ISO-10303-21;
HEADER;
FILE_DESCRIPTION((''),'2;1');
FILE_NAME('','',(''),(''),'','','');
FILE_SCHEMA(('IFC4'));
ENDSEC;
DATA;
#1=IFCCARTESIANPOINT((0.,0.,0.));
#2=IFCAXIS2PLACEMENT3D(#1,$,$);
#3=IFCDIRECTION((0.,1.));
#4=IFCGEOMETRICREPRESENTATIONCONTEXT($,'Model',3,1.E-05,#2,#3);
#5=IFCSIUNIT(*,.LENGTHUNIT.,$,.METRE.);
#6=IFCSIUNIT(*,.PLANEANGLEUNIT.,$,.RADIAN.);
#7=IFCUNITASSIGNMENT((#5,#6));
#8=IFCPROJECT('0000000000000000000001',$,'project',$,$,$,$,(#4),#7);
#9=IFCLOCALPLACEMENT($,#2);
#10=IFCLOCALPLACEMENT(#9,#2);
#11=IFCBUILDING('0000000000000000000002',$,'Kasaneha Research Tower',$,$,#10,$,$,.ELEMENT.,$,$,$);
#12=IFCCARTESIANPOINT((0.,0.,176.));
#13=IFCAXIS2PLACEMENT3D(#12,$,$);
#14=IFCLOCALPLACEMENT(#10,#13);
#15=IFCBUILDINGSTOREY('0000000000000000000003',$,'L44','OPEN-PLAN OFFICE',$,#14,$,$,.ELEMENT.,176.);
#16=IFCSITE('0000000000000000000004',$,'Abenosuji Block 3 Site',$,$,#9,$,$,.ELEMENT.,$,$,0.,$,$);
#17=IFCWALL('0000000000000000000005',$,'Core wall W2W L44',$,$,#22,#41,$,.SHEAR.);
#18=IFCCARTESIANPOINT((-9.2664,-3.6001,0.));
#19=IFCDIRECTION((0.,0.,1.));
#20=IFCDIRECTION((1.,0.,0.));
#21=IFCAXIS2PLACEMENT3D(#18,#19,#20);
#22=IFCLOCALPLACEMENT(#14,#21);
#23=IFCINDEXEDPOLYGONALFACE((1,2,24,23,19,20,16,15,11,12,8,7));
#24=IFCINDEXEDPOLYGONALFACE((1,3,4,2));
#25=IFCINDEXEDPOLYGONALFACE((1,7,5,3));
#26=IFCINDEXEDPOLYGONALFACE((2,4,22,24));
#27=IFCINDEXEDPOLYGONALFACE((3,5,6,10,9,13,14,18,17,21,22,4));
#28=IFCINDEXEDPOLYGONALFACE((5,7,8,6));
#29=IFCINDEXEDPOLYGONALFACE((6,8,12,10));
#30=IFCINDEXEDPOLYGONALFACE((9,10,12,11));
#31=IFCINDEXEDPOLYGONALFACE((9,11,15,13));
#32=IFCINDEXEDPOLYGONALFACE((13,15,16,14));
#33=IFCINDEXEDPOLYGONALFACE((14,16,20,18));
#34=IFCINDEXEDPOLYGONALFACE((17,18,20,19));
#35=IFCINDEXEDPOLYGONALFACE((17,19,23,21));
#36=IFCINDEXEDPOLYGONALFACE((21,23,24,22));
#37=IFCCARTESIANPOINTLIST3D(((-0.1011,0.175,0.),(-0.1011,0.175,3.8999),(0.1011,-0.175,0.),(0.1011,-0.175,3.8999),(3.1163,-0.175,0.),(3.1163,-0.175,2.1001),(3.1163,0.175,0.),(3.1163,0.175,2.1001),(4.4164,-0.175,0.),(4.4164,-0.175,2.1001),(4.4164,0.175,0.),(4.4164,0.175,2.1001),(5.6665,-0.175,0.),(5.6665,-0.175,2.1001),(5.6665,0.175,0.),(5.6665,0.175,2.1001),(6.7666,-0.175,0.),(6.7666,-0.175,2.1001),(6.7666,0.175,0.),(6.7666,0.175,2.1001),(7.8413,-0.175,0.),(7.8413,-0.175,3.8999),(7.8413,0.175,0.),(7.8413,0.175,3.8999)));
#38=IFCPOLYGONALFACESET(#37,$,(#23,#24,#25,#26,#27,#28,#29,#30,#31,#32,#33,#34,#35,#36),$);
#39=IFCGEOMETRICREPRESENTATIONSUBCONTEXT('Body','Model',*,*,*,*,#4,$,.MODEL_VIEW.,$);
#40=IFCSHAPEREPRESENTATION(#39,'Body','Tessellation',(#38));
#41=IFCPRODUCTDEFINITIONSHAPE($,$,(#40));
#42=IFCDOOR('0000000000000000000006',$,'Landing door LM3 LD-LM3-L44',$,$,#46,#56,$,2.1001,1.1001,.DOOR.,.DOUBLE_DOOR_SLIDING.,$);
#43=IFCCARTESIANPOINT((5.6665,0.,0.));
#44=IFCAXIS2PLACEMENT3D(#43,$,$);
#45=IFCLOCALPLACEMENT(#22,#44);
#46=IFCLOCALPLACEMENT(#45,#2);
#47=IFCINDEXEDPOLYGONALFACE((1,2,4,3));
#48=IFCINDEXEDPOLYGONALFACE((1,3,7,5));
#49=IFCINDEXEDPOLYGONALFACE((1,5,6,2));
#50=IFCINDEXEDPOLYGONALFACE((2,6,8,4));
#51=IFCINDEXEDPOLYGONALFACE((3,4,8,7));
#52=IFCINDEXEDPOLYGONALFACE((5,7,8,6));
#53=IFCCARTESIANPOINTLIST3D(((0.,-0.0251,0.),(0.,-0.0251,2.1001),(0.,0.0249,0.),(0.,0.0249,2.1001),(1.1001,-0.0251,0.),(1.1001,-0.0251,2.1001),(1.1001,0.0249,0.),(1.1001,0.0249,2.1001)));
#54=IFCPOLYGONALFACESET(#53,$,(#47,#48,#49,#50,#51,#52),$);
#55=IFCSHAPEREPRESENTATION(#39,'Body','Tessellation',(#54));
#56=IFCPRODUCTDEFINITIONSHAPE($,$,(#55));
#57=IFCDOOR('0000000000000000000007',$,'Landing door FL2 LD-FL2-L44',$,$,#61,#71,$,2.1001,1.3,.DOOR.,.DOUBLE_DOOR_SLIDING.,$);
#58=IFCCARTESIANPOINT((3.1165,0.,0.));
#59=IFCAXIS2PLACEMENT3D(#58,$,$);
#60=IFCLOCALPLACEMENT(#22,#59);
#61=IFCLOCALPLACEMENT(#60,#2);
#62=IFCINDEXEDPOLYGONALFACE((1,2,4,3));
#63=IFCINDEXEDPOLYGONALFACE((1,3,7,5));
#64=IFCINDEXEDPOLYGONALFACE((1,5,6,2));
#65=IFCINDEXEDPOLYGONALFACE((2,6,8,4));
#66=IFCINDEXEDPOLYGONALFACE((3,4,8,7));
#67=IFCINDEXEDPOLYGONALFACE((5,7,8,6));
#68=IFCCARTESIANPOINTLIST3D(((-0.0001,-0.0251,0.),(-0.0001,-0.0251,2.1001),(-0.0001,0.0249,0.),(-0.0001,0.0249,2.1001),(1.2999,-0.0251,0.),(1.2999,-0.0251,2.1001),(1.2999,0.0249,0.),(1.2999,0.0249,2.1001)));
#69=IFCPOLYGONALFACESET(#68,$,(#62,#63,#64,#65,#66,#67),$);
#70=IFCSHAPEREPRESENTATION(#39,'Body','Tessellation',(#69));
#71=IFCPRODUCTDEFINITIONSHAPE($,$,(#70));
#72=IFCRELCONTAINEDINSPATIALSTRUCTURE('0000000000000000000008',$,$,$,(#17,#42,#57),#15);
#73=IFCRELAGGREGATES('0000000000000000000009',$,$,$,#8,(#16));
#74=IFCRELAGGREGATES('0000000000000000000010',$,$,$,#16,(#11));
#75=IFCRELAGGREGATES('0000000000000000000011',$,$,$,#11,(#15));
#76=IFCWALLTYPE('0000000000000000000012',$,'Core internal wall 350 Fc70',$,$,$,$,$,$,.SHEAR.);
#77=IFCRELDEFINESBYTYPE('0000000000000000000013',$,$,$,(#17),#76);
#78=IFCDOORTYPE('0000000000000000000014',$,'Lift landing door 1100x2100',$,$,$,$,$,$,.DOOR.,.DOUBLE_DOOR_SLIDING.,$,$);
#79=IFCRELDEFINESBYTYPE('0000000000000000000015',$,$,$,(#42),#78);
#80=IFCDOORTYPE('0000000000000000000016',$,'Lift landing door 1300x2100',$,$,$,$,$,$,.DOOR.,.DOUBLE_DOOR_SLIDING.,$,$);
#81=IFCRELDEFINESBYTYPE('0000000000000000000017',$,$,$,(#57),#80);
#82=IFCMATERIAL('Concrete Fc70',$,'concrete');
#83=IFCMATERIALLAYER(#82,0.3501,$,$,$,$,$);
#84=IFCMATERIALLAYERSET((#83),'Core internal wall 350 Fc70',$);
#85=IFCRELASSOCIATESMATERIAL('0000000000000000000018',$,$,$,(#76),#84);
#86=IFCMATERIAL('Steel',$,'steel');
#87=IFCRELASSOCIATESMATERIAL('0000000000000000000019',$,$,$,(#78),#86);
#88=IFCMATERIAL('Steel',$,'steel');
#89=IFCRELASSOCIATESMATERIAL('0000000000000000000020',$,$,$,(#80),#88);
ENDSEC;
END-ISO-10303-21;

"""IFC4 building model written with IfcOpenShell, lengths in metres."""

from ifc_helpers import new_model, si_unit, direction, frame, frame_2d, origin, place, context, subcontext, project, spatial, polyline, rectangle, outline, extrude, material, layer, layer_set, type_object, element, fill, save


model = new_model("IFC4")

# Units and contexts
model_context = context("Model", 3, precision=1e-05, world=origin(), true_north=direction((0.0, 1.0)))
body_context = subcontext(model_context, "Body", "Model", "MODEL_VIEW")
ifc_project = project(units=[si_unit("LENGTHUNIT", "METRE"), si_unit("PLANEANGLEUNIT", "RADIAN")], contexts=[model_context])

# Site, building, storey
site_placement = place(None, origin())
site = spatial("IfcSite", under=ifc_project, at=site_placement, Name="Abenosuji Block 3 Site", CompositionType="ELEMENT", RefElevation=0.0)
building_placement = place(site_placement, origin())
building = spatial("IfcBuilding", under=site, at=building_placement, Name="Kasaneha Research Tower", CompositionType="ELEMENT")
storey_placement = place(building_placement, frame((0.0, 0.0, 176.0)))
storey = spatial("IfcBuildingStorey", under=building, at=storey_placement, Name="L44", Description="OPEN-PLAN OFFICE", CompositionType="ELEMENT", Elevation=176.0)

# Wall, openings, doors
ifc_material_1 = material(Name="Concrete Fc70", Category="concrete")
ifc_layer_1 = layer(ifc_material_1, 0.3501)
ifc_layer_set_1 = layer_set([ifc_layer_1], Name="Core internal wall 350 Fc70")
wall_type_1 = type_object("IfcWallType", Name="Core internal wall 350 Fc70", PredefinedType="SHEAR", material=ifc_layer_set_1)
wall_1_placement = place(storey_placement, frame((-9.2664, -3.6001, 0.0), z_axis=(0.0, 0.0, 1.0), x_axis=(1.0, 0.0, 0.0)))
wall_1 = element("IfcWall", 1, at=wall_1_placement, inside=storey, type_object=wall_type_1, Name="Core wall W2W L44", PredefinedType="SHEAR", context=body_context, shape_type="SweptSolid", body=[
    extrude(outline(polyline([(0.1011, -0.175), (3.1165, -0.175), (4.4165, -0.175), (5.6665, -0.175), (6.7666, -0.175), (7.8413, -0.175), (7.8413, 0.175), (6.7666, 0.175), (5.6665, 0.175), (4.4165, 0.175), (3.1165, 0.175), (-0.1011, 0.175), (0.1011, -0.175)])), origin(), (0.0, 0.0, 1.0), 3.8999),
])
opening_1_placement = place(wall_1_placement, frame((5.6665, 0.0, 0.0)))
opening_1 = element("IfcOpeningElement", 2, at=opening_1_placement, cuts=wall_1, PredefinedType="OPENING", context=body_context, shape_type="SweptSolid", body=[
    extrude(rectangle(XDim=1.1001, YDim=2.1001, at=frame_2d((0.55, 1.05))), frame((0.0, 0.1851, 0.0), z_axis=(0.0, -1.0, 0.0), x_axis=(1.0, 0.0, 0.0)), (0.0, 0.0, 1.0), 0.3701),
])
opening_2_placement = place(wall_1_placement, frame((3.1165, 0.0, 0.0)))
opening_2 = element("IfcOpeningElement", 3, at=opening_2_placement, cuts=wall_1, PredefinedType="OPENING", context=body_context, shape_type="SweptSolid", body=[
    extrude(rectangle(XDim=1.3, YDim=2.1001, at=frame_2d((0.6499, 1.05))), frame((0.0, 0.1851, 0.0), z_axis=(0.0, -1.0, 0.0), x_axis=(1.0, 0.0, 0.0)), (0.0, 0.0, 1.0), 0.3701),
])
ifc_material_2 = material(Name="Steel", Category="steel")
door_type_1 = type_object("IfcDoorType", Name="Lift landing door 1100x2100", OperationType="DOUBLE_DOOR_SLIDING", PredefinedType="DOOR", material=ifc_material_2)
door_1_placement = place(opening_1_placement, origin())
door_1 = element("IfcDoor", 4, at=door_1_placement, inside=storey, type_object=door_type_1, Name="Landing door LM3 LD-LM3-L44", OperationType="DOUBLE_DOOR_SLIDING", OverallHeight=2.1001, OverallWidth=1.1001, PredefinedType="DOOR", context=body_context, shape_type="SweptSolid", body=[
    extrude(rectangle(XDim=1.1001, YDim=2.1001, at=frame_2d((0.55, 1.05))), frame((0.0, 0.0249, 0.0), z_axis=(0.0, -1.0, 0.0), x_axis=(1.0, 0.0, 0.0)), (0.0, 0.0, 1.0), 0.05),
])
fill(opening_1, door_1)
ifc_material_3 = material(Name="Steel", Category="steel")
door_type_2 = type_object("IfcDoorType", Name="Lift landing door 1300x2100", OperationType="DOUBLE_DOOR_SLIDING", PredefinedType="DOOR", material=ifc_material_3)
door_2_placement = place(opening_2_placement, origin())
door_2 = element("IfcDoor", 5, at=door_2_placement, inside=storey, type_object=door_type_2, Name="Landing door FL2 LD-FL2-L44", OperationType="DOUBLE_DOOR_SLIDING", OverallHeight=2.1001, OverallWidth=1.3, PredefinedType="DOOR", context=body_context, shape_type="SweptSolid", body=[
    extrude(rectangle(XDim=1.3, YDim=2.1001, at=frame_2d((0.6499, 1.05))), frame((0.0, 0.0249, 0.0), z_axis=(0.0, -1.0, 0.0), x_axis=(1.0, 0.0, 0.0)), (0.0, 0.0, 1.0), 0.05),
])
fill(opening_2, door_2)

save(model, "model.ifc")
